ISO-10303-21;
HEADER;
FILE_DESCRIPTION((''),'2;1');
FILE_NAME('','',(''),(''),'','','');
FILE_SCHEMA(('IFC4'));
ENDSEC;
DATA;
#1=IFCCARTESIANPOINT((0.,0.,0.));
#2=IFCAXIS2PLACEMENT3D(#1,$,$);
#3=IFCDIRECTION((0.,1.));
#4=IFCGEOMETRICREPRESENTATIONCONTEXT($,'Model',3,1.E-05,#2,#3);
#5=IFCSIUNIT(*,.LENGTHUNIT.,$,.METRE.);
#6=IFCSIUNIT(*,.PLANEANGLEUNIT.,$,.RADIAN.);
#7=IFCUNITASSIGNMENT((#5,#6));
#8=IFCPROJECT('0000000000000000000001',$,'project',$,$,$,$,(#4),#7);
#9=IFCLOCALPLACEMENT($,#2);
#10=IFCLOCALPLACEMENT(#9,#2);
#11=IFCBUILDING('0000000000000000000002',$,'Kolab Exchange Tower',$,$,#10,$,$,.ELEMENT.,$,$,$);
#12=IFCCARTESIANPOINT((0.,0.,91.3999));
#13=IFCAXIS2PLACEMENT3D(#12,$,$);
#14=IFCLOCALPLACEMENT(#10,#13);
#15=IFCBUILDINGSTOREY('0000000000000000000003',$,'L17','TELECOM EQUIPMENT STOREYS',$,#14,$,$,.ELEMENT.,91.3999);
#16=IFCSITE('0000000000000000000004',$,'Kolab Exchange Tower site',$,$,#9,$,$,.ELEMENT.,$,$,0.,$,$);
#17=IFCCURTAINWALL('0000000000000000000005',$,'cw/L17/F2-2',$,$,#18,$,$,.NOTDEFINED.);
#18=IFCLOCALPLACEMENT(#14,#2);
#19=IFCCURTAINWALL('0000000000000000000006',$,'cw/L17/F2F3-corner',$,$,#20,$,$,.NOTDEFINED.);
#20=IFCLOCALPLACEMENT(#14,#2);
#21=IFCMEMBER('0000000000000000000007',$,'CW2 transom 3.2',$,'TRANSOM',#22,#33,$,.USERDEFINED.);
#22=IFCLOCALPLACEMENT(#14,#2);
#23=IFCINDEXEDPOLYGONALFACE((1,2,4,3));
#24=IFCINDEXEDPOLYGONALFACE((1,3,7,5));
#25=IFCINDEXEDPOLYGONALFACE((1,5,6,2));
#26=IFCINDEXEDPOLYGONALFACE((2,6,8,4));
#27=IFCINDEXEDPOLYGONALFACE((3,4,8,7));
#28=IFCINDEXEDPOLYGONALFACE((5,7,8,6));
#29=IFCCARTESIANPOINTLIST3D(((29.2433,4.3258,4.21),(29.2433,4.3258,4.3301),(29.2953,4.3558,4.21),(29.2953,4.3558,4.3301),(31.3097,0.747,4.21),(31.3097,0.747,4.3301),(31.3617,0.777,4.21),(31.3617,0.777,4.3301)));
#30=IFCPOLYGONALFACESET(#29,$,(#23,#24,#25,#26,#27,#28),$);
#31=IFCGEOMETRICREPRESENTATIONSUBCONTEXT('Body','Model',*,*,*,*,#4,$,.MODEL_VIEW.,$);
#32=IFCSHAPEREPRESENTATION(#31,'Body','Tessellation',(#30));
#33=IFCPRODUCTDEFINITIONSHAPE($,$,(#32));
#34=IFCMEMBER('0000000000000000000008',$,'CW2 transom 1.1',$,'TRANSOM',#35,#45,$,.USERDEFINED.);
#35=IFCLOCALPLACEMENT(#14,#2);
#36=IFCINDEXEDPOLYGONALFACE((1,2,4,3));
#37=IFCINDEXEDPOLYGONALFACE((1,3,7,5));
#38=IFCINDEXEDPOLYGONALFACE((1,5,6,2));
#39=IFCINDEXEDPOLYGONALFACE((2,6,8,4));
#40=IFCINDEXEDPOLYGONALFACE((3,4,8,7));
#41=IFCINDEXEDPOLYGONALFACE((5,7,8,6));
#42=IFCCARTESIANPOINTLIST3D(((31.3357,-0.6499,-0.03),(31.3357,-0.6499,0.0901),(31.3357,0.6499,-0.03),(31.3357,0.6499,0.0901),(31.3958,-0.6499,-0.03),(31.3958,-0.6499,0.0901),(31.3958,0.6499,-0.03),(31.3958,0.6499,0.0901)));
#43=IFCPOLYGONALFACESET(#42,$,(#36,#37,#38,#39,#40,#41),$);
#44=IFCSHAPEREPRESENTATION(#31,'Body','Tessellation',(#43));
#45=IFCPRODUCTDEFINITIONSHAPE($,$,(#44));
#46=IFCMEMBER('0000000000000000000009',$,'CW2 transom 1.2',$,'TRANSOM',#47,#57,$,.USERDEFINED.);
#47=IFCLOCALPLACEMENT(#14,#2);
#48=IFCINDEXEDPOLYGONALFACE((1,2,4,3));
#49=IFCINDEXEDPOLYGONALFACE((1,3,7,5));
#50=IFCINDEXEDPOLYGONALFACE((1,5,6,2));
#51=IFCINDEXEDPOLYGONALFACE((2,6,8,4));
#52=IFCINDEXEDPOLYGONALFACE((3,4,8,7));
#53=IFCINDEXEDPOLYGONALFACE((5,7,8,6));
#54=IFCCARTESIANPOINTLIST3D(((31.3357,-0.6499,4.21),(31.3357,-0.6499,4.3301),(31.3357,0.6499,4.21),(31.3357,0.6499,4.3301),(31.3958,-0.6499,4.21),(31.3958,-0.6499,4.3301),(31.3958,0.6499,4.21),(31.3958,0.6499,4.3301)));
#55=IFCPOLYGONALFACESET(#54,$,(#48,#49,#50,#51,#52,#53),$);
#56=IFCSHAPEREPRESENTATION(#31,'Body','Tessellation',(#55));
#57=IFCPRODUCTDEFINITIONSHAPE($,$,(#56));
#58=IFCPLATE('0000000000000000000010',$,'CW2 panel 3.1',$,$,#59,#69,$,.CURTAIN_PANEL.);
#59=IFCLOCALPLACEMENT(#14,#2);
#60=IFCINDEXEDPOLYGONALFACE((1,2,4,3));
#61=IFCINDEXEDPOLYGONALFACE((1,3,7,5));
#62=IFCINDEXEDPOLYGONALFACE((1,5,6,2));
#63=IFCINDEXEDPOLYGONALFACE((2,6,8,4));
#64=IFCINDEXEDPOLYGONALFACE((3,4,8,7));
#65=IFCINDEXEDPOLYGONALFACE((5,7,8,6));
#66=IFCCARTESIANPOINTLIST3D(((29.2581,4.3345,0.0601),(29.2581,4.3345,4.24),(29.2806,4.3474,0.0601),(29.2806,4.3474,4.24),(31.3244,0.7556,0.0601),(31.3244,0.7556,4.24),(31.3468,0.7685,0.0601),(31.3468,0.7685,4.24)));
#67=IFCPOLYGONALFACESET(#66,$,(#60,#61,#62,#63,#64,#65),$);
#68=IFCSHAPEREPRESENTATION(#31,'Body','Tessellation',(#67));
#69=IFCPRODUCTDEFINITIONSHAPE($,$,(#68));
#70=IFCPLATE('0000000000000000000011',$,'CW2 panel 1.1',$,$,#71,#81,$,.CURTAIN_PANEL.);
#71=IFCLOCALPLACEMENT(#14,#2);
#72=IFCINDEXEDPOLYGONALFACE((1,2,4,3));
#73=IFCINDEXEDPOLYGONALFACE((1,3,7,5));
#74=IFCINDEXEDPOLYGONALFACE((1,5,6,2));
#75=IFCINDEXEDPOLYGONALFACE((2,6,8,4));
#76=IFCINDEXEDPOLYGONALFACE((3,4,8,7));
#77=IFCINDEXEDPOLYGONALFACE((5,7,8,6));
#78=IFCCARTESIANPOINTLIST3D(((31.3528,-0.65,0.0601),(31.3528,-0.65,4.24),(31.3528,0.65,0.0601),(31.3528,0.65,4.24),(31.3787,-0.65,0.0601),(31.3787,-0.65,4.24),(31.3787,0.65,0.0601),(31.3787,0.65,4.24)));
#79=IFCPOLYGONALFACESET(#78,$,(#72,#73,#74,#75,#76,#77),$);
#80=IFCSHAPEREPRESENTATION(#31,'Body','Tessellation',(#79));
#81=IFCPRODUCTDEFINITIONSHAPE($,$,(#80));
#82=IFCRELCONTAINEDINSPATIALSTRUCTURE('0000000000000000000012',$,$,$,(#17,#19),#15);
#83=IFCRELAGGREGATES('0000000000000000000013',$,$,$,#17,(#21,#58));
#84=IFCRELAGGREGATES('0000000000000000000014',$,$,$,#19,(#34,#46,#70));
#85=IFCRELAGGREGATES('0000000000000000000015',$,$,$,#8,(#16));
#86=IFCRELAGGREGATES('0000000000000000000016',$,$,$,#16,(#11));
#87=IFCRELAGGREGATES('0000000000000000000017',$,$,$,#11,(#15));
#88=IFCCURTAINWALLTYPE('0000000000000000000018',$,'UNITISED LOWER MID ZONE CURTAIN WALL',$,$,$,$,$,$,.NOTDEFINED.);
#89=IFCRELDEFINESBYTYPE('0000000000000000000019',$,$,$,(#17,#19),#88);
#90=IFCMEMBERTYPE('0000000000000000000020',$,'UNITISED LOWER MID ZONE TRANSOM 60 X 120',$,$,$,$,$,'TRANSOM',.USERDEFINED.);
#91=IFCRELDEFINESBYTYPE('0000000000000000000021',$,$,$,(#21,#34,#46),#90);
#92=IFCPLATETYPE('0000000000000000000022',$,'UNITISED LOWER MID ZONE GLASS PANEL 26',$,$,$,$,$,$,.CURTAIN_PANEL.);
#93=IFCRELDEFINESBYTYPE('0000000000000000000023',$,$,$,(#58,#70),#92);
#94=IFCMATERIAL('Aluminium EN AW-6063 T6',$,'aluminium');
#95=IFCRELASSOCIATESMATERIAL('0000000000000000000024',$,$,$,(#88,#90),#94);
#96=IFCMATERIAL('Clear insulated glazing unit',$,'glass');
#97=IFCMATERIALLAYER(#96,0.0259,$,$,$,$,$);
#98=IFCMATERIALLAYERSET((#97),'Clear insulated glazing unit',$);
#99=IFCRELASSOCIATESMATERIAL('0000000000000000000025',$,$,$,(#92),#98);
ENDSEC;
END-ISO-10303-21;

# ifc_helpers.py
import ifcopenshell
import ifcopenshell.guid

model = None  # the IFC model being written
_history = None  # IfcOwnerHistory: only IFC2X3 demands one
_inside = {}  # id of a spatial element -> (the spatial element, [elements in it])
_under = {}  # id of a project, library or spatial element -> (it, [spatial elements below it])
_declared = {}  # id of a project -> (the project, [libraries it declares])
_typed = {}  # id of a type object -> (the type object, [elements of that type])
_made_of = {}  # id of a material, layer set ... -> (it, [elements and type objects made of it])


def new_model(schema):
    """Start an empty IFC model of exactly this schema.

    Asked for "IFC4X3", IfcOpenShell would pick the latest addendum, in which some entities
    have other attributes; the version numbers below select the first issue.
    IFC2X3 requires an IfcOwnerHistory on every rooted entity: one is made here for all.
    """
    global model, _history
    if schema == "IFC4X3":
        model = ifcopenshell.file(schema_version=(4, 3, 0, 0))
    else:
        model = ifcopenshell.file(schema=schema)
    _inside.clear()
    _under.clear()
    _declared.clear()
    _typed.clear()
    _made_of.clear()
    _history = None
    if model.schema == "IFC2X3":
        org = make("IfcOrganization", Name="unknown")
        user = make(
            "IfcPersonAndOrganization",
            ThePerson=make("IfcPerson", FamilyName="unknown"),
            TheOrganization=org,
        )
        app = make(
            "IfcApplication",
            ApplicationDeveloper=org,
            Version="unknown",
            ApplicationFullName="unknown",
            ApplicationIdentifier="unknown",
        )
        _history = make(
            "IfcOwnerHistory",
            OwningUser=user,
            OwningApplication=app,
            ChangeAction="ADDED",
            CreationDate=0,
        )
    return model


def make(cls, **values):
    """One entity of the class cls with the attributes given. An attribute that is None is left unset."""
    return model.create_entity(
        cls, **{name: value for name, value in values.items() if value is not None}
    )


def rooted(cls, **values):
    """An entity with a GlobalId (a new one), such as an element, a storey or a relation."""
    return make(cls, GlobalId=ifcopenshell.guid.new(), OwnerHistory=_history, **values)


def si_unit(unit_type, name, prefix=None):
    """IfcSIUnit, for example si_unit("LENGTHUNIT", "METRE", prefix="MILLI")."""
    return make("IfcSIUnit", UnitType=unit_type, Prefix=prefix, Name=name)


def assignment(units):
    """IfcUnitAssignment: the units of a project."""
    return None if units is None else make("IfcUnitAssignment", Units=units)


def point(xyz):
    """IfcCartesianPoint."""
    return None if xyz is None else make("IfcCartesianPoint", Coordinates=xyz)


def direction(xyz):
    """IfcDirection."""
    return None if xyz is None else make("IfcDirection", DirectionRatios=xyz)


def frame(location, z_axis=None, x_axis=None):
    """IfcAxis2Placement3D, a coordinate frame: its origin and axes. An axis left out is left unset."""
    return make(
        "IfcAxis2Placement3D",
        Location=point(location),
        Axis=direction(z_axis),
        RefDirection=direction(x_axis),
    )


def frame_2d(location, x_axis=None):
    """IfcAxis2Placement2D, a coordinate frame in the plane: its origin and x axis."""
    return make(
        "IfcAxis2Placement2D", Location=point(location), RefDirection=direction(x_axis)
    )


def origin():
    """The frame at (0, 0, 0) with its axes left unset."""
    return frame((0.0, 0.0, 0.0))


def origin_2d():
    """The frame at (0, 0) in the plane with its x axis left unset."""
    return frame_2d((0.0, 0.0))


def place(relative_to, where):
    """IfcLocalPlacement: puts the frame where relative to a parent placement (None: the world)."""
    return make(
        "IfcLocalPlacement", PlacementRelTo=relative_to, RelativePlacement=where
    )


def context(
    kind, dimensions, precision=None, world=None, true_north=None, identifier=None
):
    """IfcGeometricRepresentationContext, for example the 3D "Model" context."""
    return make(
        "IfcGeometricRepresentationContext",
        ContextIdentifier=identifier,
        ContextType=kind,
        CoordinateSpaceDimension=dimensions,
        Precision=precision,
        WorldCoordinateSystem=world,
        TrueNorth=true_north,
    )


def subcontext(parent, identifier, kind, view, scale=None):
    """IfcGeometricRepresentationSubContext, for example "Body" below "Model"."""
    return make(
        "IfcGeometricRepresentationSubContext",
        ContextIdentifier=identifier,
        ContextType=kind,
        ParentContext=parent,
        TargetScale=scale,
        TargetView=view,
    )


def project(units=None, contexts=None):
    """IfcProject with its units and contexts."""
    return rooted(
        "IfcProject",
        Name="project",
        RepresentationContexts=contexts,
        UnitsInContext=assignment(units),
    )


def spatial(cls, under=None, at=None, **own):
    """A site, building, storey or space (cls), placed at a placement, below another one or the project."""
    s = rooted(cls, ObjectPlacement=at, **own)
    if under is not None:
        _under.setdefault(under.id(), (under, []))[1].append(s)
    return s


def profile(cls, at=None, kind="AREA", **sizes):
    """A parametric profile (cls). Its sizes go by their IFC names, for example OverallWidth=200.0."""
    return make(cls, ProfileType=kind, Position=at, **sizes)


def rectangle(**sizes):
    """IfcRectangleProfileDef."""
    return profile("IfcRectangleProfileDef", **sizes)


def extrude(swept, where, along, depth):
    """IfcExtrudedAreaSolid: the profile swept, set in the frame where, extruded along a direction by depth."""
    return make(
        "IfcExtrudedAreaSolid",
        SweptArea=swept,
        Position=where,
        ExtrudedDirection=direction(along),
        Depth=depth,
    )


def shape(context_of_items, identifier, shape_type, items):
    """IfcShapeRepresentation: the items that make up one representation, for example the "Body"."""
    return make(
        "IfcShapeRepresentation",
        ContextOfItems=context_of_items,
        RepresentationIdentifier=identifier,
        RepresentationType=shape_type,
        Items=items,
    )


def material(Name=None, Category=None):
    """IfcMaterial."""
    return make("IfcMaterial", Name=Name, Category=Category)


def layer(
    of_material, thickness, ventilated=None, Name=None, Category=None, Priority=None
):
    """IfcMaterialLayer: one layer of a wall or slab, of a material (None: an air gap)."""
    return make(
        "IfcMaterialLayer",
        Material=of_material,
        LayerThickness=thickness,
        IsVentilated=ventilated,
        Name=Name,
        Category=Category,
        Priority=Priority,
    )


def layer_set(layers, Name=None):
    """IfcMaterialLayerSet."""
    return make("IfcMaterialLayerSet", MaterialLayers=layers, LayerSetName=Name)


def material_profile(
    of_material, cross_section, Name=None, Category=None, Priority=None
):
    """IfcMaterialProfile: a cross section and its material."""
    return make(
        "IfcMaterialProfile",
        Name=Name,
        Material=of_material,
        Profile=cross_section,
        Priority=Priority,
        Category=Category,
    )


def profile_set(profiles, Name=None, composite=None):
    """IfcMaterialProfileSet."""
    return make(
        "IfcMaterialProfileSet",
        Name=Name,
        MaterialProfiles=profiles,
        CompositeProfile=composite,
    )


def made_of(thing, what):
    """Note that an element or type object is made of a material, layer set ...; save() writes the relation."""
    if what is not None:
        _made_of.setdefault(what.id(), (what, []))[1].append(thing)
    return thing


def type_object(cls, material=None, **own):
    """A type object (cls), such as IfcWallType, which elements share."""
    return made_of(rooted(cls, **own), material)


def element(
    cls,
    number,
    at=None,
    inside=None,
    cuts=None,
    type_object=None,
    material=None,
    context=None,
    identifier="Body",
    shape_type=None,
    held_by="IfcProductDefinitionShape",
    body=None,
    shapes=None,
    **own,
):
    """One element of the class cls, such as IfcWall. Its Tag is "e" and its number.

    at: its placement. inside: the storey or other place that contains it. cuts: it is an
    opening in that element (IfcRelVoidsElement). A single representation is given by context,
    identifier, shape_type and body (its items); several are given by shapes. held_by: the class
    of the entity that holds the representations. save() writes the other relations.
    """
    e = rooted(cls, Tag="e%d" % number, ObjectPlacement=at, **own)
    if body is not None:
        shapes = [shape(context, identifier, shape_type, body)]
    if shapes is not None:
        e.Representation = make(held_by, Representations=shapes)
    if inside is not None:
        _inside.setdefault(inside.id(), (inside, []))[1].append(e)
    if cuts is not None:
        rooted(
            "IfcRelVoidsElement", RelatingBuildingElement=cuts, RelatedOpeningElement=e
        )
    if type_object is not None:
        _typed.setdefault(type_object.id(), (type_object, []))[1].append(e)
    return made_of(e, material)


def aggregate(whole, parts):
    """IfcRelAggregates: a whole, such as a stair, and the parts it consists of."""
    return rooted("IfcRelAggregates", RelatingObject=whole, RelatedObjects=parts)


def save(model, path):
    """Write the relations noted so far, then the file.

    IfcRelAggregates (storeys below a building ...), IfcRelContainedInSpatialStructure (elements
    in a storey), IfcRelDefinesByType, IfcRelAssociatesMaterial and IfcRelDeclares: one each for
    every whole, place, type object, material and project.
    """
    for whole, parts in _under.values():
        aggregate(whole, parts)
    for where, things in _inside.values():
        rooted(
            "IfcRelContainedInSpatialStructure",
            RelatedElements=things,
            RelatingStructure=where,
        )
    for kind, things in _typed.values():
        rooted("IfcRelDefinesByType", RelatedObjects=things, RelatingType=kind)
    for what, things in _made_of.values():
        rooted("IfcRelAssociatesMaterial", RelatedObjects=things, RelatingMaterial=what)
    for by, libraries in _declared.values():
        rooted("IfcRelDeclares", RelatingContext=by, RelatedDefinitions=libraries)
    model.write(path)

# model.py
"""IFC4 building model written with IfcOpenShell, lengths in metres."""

from ifc_helpers import new_model, si_unit, direction, frame, origin, origin_2d, place, context, subcontext, project, spatial, rectangle, extrude, material, layer, layer_set, material_profile, profile_set, type_object, element, aggregate, save


model = new_model("IFC4")

# Units and contexts
model_context = context("Model", 3, precision=1e-05, world=origin(), true_north=direction((0.0, 1.0)))
body_context = subcontext(model_context, "Body", "Model", "MODEL_VIEW")
ifc_project = project(units=[si_unit("LENGTHUNIT", "METRE"), si_unit("PLANEANGLEUNIT", "RADIAN")], contexts=[model_context])

# Site, building, storey
site_placement = place(None, origin())
site = spatial("IfcSite", under=ifc_project, at=site_placement, Name="Kolab Exchange Tower site", CompositionType="ELEMENT", RefElevation=0.0)
building_placement = place(site_placement, origin())
building = spatial("IfcBuilding", under=site, at=building_placement, Name="Kolab Exchange Tower", CompositionType="ELEMENT")
storey_placement = place(building_placement, frame((0.0, 0.0, 91.3999)))
storey = spatial("IfcBuildingStorey", under=building, at=storey_placement, Name="L17", Description="TELECOM EQUIPMENT STOREYS", CompositionType="ELEMENT", Elevation=91.3999)

# Curtain walls
ifc_material_1 = material(Name="Aluminium EN AW-6063 T6", Category="aluminium")
curtain_wall_type = type_object("IfcCurtainWallType", Name="UNITISED LOWER MID ZONE CURTAIN WALL", PredefinedType="NOTDEFINED", material=ifc_material_1)
curtain_wall_1_placement = place(storey_placement, origin())
curtain_wall_1 = element("IfcCurtainWall", 1, at=curtain_wall_1_placement, inside=storey, type_object=curtain_wall_type, Name="cw/L17/F2-2", PredefinedType="NOTDEFINED")
curtain_wall_2_placement = place(storey_placement, origin())
curtain_wall_2 = element("IfcCurtainWall", 2, at=curtain_wall_2_placement, inside=storey, type_object=curtain_wall_type, Name="cw/L17/F2F3-corner", PredefinedType="NOTDEFINED")

# Members
ifc_material_profile_1 = material_profile(ifc_material_1, rectangle(XDim=0.0601, YDim=0.1201, at=origin_2d()), Name="RECT 60X120")
ifc_profile_set_1 = profile_set([ifc_material_profile_1], Name="Aluminium EN AW-6063 T6")
member_type_1 = type_object("IfcMemberType", Name="UNITISED LOWER MID ZONE TRANSOM 60 X 120", ElementType="TRANSOM", PredefinedType="USERDEFINED", material=ifc_profile_set_1)
member_1_placement = place(storey_placement, frame((29.2693, 4.3408, 4.27), z_axis=(0.500028, -0.866009, 0.0), x_axis=(0.866009, 0.500028, 0.0)))
member_1 = element("IfcMember", 3, at=member_1_placement, type_object=member_type_1, Name="CW2 transom 3.2", ObjectType="TRANSOM", PredefinedType="USERDEFINED", context=body_context, shape_type="SweptSolid", body=[
    extrude(rectangle(XDim=0.0601, YDim=0.1201, at=origin_2d()), origin(), (0.0, 0.0, 1.0), 4.1326),
])
member_2_placement = place(storey_placement, frame((31.3657, 0.6499, 0.03), z_axis=(0.0, -1.0, 0.0), x_axis=(1.0, 0.0, 0.0)))
member_2 = element("IfcMember", 4, at=member_2_placement, type_object=member_type_1, Name="CW2 transom 1.1", ObjectType="TRANSOM", PredefinedType="USERDEFINED", context=body_context, shape_type="SweptSolid", body=[
    extrude(rectangle(XDim=0.0601, YDim=0.1201, at=origin_2d()), origin(), (0.0, 0.0, 1.0), 1.2998),
])
member_3_placement = place(storey_placement, frame((31.3657, 0.6499, 4.27), z_axis=(0.0, -1.0, 0.0), x_axis=(1.0, 0.0, 0.0)))
member_3 = element("IfcMember", 5, at=member_3_placement, type_object=member_type_1, Name="CW2 transom 1.2", ObjectType="TRANSOM", PredefinedType="USERDEFINED", context=body_context, shape_type="SweptSolid", body=[
    extrude(rectangle(XDim=0.0601, YDim=0.1201, at=origin_2d()), origin(), (0.0, 0.0, 1.0), 1.2998),
])

# Plates
ifc_material_2 = material(Name="Clear insulated glazing unit", Category="glass")
ifc_layer_1 = layer(ifc_material_2, 0.0259)
ifc_layer_set_1 = layer_set([ifc_layer_1], Name="Clear insulated glazing unit")
plate_type = type_object("IfcPlateType", Name="UNITISED LOWER MID ZONE GLASS PANEL 26", PredefinedType="CURTAIN_PANEL", material=ifc_layer_set_1)
plate_1_placement = place(storey_placement, frame((30.3025, 2.5515, 0.0601), z_axis=(0.0, 0.0, 1.0), x_axis=(0.5, -0.866025, 0.0)))
plate_1 = element("IfcPlate", 6, at=plate_1_placement, type_object=plate_type, Name="CW2 panel 3.1", PredefinedType="CURTAIN_PANEL", context=body_context, shape_type="SweptSolid", body=[
    extrude(rectangle(XDim=4.1326, YDim=0.0259, at=origin_2d()), origin(), (0.0, 0.0, 1.0), 4.1799),
])
aggregate(curtain_wall_1, [member_1, plate_1])
plate_2_placement = place(storey_placement, frame((31.3657, 0.0, 0.0601), z_axis=(0.0, 0.0, 1.0), x_axis=(0.0, -1.0, 0.0)))
plate_2 = element("IfcPlate", 7, at=plate_2_placement, type_object=plate_type, Name="CW2 panel 1.1", PredefinedType="CURTAIN_PANEL", context=body_context, shape_type="SweptSolid", body=[
    extrude(rectangle(XDim=1.3, YDim=0.0259, at=origin_2d()), origin(), (0.0, 0.0, 1.0), 4.1799),
])
aggregate(curtain_wall_2, [member_2, member_3, plate_2])

save(model, "model.ifc")
